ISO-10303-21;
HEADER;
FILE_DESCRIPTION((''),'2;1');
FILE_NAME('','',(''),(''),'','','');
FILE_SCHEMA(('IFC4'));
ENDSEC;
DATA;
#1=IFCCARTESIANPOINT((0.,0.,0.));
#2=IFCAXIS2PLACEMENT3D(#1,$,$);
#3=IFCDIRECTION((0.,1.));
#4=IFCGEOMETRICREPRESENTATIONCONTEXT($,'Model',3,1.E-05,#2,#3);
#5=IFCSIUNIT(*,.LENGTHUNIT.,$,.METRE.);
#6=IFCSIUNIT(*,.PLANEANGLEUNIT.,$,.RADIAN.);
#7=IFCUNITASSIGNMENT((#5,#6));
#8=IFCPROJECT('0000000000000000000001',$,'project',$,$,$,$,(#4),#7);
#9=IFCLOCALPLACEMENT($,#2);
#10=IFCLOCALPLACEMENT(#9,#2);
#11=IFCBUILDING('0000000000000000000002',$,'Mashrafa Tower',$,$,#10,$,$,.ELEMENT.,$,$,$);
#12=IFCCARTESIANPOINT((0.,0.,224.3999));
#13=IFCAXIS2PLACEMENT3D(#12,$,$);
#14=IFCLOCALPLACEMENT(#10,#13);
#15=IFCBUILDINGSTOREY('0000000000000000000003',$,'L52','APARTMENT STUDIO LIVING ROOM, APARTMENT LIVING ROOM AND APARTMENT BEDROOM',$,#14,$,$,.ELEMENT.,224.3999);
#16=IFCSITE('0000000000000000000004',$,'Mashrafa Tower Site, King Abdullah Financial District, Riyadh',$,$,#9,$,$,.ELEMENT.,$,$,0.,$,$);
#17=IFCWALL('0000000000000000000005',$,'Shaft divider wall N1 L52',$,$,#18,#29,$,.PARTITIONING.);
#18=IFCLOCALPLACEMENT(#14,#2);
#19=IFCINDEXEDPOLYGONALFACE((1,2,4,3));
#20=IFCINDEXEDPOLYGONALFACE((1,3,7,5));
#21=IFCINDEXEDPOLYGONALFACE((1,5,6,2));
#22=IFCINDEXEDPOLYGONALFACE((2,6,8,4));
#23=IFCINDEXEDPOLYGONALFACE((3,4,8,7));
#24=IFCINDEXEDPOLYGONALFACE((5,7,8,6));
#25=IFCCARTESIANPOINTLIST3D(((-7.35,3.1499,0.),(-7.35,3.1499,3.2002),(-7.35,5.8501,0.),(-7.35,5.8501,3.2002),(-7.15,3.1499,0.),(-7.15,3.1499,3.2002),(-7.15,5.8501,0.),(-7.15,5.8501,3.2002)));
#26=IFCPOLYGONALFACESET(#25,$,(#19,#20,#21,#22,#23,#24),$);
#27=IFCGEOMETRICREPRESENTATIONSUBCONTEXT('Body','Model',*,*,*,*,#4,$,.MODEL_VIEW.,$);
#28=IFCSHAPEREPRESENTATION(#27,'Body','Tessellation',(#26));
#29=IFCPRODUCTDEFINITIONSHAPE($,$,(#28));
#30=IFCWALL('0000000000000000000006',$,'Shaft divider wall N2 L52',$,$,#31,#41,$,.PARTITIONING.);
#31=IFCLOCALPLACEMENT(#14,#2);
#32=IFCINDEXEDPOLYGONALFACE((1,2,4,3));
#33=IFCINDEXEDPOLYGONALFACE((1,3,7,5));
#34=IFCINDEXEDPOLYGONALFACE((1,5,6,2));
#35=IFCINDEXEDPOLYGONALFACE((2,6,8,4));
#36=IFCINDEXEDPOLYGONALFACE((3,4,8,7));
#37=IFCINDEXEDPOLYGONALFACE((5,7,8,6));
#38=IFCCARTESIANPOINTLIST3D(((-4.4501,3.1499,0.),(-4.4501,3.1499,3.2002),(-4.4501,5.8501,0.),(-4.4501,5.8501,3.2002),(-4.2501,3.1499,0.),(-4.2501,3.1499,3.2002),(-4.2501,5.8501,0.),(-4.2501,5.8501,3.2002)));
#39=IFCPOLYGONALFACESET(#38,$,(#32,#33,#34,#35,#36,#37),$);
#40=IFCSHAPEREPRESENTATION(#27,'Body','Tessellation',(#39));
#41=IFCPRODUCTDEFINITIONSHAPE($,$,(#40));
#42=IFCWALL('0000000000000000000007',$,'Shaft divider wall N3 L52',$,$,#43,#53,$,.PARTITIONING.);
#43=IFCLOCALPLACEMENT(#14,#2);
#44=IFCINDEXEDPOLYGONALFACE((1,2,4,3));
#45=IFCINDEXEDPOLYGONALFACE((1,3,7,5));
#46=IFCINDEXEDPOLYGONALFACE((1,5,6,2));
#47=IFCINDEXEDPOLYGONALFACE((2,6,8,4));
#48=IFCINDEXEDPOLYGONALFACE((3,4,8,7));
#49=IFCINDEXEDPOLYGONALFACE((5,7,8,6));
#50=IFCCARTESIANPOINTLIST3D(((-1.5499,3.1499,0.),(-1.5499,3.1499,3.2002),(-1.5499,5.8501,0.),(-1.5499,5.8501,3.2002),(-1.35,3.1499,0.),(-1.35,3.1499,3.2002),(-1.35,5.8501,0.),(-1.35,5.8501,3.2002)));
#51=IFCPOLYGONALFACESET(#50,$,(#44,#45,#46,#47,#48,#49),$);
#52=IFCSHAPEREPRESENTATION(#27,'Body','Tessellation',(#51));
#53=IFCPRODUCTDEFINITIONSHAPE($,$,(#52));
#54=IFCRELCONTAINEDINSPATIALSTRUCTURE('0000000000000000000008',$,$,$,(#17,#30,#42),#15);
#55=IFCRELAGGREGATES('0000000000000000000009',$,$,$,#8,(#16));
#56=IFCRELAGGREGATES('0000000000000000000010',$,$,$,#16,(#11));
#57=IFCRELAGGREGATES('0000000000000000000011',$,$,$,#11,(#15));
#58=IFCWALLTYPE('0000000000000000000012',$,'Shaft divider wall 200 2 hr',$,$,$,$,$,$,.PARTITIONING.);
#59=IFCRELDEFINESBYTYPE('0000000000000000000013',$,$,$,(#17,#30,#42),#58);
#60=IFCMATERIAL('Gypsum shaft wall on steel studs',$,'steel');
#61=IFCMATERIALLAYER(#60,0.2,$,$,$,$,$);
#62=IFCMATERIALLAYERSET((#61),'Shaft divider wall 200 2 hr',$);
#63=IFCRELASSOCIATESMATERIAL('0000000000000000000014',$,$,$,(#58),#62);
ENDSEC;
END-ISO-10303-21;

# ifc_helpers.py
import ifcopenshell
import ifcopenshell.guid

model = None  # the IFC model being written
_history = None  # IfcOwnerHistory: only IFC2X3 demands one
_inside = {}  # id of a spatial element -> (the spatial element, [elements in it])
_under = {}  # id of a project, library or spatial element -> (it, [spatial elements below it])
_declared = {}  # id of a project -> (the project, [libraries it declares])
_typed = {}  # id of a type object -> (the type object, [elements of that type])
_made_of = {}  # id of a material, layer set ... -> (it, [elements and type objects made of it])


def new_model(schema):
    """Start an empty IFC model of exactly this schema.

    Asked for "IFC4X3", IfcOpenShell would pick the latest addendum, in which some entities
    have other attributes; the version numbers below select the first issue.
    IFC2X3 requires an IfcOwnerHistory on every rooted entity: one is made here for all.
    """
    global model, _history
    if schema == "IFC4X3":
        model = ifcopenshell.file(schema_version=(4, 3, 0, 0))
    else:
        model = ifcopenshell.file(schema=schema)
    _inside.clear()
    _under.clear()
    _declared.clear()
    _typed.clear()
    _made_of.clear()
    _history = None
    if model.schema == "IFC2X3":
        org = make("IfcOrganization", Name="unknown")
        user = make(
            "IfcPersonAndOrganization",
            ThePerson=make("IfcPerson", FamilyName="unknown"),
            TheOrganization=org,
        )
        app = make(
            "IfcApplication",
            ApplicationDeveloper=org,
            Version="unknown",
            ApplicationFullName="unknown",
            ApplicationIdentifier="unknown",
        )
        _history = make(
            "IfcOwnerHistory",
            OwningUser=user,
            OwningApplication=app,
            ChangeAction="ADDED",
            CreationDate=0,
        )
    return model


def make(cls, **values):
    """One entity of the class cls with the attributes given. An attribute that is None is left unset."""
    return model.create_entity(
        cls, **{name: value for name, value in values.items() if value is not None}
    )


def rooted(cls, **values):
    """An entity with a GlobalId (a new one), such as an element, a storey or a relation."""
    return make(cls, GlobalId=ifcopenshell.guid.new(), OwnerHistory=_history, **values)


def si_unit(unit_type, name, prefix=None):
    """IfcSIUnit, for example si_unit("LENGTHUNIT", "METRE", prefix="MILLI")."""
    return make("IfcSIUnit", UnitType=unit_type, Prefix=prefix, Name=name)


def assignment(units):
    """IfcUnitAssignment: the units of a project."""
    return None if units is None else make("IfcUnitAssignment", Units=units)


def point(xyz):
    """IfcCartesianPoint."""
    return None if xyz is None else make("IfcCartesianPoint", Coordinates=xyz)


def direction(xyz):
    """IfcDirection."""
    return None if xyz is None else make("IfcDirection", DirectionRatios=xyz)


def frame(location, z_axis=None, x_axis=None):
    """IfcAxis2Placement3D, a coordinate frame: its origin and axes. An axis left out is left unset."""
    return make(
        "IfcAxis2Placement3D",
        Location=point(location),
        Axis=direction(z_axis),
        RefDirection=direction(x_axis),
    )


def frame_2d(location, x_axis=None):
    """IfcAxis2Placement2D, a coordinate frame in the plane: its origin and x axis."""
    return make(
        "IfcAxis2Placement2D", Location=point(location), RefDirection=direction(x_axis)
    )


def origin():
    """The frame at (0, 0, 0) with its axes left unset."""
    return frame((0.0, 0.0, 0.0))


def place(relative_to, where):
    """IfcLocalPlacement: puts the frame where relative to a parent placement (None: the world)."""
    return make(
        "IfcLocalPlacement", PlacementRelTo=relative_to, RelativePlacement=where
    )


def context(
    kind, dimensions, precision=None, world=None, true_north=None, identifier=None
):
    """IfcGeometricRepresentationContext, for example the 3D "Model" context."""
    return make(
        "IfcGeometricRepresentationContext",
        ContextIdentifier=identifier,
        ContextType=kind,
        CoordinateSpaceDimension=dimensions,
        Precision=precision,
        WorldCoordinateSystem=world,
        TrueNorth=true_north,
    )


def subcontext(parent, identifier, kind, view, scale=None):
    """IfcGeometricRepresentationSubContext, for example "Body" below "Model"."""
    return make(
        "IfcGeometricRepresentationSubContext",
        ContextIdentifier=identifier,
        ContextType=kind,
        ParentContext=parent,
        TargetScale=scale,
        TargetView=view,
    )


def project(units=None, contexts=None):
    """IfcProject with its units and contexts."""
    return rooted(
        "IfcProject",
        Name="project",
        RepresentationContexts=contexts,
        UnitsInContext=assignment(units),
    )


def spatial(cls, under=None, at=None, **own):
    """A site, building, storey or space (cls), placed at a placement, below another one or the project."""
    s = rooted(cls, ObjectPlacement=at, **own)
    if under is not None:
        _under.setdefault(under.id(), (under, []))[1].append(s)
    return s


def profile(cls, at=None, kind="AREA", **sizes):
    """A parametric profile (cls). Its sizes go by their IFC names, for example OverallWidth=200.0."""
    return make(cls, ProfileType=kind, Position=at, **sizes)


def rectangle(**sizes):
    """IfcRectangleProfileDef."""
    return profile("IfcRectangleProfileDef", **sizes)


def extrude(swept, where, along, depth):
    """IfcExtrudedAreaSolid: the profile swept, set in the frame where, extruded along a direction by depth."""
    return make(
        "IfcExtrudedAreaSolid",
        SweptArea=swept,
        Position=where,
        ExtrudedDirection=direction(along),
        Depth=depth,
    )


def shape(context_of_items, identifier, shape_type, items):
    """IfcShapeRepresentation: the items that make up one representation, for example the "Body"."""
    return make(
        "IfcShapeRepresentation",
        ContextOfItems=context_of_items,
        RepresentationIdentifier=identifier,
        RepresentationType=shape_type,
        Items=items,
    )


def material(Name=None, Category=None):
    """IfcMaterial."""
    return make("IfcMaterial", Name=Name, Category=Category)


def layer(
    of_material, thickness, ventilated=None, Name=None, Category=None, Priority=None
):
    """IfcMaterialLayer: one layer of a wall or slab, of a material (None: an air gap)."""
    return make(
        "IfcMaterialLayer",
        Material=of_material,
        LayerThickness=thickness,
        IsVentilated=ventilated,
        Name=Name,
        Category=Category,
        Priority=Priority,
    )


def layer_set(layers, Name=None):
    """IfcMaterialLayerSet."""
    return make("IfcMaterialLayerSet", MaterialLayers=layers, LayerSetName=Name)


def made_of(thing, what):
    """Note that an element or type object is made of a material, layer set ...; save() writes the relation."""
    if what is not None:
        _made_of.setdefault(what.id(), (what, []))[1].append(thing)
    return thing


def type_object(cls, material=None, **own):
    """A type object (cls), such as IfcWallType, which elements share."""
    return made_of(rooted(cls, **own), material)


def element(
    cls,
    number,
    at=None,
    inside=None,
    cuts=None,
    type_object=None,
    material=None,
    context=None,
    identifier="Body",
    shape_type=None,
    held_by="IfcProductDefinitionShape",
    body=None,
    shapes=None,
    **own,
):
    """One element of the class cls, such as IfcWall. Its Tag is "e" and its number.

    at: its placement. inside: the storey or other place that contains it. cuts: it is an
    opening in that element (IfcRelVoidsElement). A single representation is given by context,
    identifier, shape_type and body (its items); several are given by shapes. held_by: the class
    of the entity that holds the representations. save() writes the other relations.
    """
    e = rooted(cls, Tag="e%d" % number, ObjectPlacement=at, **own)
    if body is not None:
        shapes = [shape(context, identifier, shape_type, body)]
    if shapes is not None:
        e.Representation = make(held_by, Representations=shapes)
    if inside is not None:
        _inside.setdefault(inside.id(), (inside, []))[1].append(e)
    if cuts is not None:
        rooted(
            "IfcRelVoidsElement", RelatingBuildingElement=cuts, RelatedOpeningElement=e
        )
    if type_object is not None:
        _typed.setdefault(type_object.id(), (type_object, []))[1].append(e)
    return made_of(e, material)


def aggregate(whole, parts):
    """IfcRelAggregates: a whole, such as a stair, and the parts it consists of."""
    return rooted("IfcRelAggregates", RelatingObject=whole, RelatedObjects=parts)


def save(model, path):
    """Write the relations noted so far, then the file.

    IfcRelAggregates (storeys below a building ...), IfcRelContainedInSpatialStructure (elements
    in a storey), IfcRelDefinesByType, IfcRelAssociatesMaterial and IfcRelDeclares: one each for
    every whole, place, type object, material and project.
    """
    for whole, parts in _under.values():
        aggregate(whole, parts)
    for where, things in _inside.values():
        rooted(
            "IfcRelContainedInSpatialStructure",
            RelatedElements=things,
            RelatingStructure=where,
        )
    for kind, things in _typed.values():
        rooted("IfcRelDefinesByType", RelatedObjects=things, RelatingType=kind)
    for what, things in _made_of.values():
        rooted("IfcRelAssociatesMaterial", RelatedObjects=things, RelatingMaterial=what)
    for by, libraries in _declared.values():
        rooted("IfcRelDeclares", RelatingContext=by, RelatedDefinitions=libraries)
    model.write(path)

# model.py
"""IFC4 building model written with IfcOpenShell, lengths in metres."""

from ifc_helpers import new_model, si_unit, direction, frame, frame_2d, origin, place, context, subcontext, project, spatial, rectangle, extrude, material, layer, layer_set, type_object, element, save


model = new_model("IFC4")

# Units and contexts
model_context = context("Model", 3, precision=1e-05, world=origin(), true_north=direction((0.0, 1.0)))
body_context = subcontext(model_context, "Body", "Model", "MODEL_VIEW")
ifc_project = project(units=[si_unit("LENGTHUNIT", "METRE"), si_unit("PLANEANGLEUNIT", "RADIAN")], contexts=[model_context])

# Site, building, storey
site_placement = place(None, origin())
site = spatial("IfcSite", under=ifc_project, at=site_placement, Name="Mashrafa Tower Site, King Abdullah Financial District, Riyadh", CompositionType="ELEMENT", RefElevation=0.0)
building_placement = place(site_placement, origin())
building = spatial("IfcBuilding", under=site, at=building_placement, Name="Mashrafa Tower", CompositionType="ELEMENT")
storey_placement = place(building_placement, frame((0.0, 0.0, 224.3999)))
storey = spatial("IfcBuildingStorey", under=building, at=storey_placement, Name="L52", Description="APARTMENT STUDIO LIVING ROOM, APARTMENT LIVING ROOM AND APARTMENT BEDROOM", CompositionType="ELEMENT", Elevation=224.3999)

# Walls
ifc_material_1 = material(Name="Gypsum shaft wall on steel studs", Category="steel")
ifc_layer_1 = layer(ifc_material_1, 0.2)
ifc_layer_set_1 = layer_set([ifc_layer_1], Name="Shaft divider wall 200 2 hr")
wall_type_1 = type_object("IfcWallType", Name="Shaft divider wall 200 2 hr", PredefinedType="PARTITIONING", material=ifc_layer_set_1)
for number, where, z_axis, x_axis, name in (
    (1, (-7.25, 3.1499, 0.0), (0.0, 0.0, 1.0), (0.0, 1.0, 0.0), "Shaft divider wall N1 L52"),
    (2, (-4.3501, 3.1499, 0.0), (0.0, 0.0, 1.0), (0.0, 1.0, 0.0), "Shaft divider wall N2 L52"),
    (3, (-1.45, 3.1499, 0.0), (0.0, 0.0, 1.0), (0.0, 1.0, 0.0), "Shaft divider wall N3 L52"),
):
    element("IfcWall", number, at=place(storey_placement, frame(where, z_axis=z_axis, x_axis=x_axis)), inside=storey, type_object=wall_type_1, Name=name, PredefinedType="PARTITIONING", context=body_context, shape_type="SweptSolid", body=[
        extrude(rectangle(XDim=2.7002, YDim=0.2, at=frame_2d((1.3501, 0.0))), origin(), (0.0, 0.0, 1.0), 3.2002),
    ])

save(model, "model.ifc")
